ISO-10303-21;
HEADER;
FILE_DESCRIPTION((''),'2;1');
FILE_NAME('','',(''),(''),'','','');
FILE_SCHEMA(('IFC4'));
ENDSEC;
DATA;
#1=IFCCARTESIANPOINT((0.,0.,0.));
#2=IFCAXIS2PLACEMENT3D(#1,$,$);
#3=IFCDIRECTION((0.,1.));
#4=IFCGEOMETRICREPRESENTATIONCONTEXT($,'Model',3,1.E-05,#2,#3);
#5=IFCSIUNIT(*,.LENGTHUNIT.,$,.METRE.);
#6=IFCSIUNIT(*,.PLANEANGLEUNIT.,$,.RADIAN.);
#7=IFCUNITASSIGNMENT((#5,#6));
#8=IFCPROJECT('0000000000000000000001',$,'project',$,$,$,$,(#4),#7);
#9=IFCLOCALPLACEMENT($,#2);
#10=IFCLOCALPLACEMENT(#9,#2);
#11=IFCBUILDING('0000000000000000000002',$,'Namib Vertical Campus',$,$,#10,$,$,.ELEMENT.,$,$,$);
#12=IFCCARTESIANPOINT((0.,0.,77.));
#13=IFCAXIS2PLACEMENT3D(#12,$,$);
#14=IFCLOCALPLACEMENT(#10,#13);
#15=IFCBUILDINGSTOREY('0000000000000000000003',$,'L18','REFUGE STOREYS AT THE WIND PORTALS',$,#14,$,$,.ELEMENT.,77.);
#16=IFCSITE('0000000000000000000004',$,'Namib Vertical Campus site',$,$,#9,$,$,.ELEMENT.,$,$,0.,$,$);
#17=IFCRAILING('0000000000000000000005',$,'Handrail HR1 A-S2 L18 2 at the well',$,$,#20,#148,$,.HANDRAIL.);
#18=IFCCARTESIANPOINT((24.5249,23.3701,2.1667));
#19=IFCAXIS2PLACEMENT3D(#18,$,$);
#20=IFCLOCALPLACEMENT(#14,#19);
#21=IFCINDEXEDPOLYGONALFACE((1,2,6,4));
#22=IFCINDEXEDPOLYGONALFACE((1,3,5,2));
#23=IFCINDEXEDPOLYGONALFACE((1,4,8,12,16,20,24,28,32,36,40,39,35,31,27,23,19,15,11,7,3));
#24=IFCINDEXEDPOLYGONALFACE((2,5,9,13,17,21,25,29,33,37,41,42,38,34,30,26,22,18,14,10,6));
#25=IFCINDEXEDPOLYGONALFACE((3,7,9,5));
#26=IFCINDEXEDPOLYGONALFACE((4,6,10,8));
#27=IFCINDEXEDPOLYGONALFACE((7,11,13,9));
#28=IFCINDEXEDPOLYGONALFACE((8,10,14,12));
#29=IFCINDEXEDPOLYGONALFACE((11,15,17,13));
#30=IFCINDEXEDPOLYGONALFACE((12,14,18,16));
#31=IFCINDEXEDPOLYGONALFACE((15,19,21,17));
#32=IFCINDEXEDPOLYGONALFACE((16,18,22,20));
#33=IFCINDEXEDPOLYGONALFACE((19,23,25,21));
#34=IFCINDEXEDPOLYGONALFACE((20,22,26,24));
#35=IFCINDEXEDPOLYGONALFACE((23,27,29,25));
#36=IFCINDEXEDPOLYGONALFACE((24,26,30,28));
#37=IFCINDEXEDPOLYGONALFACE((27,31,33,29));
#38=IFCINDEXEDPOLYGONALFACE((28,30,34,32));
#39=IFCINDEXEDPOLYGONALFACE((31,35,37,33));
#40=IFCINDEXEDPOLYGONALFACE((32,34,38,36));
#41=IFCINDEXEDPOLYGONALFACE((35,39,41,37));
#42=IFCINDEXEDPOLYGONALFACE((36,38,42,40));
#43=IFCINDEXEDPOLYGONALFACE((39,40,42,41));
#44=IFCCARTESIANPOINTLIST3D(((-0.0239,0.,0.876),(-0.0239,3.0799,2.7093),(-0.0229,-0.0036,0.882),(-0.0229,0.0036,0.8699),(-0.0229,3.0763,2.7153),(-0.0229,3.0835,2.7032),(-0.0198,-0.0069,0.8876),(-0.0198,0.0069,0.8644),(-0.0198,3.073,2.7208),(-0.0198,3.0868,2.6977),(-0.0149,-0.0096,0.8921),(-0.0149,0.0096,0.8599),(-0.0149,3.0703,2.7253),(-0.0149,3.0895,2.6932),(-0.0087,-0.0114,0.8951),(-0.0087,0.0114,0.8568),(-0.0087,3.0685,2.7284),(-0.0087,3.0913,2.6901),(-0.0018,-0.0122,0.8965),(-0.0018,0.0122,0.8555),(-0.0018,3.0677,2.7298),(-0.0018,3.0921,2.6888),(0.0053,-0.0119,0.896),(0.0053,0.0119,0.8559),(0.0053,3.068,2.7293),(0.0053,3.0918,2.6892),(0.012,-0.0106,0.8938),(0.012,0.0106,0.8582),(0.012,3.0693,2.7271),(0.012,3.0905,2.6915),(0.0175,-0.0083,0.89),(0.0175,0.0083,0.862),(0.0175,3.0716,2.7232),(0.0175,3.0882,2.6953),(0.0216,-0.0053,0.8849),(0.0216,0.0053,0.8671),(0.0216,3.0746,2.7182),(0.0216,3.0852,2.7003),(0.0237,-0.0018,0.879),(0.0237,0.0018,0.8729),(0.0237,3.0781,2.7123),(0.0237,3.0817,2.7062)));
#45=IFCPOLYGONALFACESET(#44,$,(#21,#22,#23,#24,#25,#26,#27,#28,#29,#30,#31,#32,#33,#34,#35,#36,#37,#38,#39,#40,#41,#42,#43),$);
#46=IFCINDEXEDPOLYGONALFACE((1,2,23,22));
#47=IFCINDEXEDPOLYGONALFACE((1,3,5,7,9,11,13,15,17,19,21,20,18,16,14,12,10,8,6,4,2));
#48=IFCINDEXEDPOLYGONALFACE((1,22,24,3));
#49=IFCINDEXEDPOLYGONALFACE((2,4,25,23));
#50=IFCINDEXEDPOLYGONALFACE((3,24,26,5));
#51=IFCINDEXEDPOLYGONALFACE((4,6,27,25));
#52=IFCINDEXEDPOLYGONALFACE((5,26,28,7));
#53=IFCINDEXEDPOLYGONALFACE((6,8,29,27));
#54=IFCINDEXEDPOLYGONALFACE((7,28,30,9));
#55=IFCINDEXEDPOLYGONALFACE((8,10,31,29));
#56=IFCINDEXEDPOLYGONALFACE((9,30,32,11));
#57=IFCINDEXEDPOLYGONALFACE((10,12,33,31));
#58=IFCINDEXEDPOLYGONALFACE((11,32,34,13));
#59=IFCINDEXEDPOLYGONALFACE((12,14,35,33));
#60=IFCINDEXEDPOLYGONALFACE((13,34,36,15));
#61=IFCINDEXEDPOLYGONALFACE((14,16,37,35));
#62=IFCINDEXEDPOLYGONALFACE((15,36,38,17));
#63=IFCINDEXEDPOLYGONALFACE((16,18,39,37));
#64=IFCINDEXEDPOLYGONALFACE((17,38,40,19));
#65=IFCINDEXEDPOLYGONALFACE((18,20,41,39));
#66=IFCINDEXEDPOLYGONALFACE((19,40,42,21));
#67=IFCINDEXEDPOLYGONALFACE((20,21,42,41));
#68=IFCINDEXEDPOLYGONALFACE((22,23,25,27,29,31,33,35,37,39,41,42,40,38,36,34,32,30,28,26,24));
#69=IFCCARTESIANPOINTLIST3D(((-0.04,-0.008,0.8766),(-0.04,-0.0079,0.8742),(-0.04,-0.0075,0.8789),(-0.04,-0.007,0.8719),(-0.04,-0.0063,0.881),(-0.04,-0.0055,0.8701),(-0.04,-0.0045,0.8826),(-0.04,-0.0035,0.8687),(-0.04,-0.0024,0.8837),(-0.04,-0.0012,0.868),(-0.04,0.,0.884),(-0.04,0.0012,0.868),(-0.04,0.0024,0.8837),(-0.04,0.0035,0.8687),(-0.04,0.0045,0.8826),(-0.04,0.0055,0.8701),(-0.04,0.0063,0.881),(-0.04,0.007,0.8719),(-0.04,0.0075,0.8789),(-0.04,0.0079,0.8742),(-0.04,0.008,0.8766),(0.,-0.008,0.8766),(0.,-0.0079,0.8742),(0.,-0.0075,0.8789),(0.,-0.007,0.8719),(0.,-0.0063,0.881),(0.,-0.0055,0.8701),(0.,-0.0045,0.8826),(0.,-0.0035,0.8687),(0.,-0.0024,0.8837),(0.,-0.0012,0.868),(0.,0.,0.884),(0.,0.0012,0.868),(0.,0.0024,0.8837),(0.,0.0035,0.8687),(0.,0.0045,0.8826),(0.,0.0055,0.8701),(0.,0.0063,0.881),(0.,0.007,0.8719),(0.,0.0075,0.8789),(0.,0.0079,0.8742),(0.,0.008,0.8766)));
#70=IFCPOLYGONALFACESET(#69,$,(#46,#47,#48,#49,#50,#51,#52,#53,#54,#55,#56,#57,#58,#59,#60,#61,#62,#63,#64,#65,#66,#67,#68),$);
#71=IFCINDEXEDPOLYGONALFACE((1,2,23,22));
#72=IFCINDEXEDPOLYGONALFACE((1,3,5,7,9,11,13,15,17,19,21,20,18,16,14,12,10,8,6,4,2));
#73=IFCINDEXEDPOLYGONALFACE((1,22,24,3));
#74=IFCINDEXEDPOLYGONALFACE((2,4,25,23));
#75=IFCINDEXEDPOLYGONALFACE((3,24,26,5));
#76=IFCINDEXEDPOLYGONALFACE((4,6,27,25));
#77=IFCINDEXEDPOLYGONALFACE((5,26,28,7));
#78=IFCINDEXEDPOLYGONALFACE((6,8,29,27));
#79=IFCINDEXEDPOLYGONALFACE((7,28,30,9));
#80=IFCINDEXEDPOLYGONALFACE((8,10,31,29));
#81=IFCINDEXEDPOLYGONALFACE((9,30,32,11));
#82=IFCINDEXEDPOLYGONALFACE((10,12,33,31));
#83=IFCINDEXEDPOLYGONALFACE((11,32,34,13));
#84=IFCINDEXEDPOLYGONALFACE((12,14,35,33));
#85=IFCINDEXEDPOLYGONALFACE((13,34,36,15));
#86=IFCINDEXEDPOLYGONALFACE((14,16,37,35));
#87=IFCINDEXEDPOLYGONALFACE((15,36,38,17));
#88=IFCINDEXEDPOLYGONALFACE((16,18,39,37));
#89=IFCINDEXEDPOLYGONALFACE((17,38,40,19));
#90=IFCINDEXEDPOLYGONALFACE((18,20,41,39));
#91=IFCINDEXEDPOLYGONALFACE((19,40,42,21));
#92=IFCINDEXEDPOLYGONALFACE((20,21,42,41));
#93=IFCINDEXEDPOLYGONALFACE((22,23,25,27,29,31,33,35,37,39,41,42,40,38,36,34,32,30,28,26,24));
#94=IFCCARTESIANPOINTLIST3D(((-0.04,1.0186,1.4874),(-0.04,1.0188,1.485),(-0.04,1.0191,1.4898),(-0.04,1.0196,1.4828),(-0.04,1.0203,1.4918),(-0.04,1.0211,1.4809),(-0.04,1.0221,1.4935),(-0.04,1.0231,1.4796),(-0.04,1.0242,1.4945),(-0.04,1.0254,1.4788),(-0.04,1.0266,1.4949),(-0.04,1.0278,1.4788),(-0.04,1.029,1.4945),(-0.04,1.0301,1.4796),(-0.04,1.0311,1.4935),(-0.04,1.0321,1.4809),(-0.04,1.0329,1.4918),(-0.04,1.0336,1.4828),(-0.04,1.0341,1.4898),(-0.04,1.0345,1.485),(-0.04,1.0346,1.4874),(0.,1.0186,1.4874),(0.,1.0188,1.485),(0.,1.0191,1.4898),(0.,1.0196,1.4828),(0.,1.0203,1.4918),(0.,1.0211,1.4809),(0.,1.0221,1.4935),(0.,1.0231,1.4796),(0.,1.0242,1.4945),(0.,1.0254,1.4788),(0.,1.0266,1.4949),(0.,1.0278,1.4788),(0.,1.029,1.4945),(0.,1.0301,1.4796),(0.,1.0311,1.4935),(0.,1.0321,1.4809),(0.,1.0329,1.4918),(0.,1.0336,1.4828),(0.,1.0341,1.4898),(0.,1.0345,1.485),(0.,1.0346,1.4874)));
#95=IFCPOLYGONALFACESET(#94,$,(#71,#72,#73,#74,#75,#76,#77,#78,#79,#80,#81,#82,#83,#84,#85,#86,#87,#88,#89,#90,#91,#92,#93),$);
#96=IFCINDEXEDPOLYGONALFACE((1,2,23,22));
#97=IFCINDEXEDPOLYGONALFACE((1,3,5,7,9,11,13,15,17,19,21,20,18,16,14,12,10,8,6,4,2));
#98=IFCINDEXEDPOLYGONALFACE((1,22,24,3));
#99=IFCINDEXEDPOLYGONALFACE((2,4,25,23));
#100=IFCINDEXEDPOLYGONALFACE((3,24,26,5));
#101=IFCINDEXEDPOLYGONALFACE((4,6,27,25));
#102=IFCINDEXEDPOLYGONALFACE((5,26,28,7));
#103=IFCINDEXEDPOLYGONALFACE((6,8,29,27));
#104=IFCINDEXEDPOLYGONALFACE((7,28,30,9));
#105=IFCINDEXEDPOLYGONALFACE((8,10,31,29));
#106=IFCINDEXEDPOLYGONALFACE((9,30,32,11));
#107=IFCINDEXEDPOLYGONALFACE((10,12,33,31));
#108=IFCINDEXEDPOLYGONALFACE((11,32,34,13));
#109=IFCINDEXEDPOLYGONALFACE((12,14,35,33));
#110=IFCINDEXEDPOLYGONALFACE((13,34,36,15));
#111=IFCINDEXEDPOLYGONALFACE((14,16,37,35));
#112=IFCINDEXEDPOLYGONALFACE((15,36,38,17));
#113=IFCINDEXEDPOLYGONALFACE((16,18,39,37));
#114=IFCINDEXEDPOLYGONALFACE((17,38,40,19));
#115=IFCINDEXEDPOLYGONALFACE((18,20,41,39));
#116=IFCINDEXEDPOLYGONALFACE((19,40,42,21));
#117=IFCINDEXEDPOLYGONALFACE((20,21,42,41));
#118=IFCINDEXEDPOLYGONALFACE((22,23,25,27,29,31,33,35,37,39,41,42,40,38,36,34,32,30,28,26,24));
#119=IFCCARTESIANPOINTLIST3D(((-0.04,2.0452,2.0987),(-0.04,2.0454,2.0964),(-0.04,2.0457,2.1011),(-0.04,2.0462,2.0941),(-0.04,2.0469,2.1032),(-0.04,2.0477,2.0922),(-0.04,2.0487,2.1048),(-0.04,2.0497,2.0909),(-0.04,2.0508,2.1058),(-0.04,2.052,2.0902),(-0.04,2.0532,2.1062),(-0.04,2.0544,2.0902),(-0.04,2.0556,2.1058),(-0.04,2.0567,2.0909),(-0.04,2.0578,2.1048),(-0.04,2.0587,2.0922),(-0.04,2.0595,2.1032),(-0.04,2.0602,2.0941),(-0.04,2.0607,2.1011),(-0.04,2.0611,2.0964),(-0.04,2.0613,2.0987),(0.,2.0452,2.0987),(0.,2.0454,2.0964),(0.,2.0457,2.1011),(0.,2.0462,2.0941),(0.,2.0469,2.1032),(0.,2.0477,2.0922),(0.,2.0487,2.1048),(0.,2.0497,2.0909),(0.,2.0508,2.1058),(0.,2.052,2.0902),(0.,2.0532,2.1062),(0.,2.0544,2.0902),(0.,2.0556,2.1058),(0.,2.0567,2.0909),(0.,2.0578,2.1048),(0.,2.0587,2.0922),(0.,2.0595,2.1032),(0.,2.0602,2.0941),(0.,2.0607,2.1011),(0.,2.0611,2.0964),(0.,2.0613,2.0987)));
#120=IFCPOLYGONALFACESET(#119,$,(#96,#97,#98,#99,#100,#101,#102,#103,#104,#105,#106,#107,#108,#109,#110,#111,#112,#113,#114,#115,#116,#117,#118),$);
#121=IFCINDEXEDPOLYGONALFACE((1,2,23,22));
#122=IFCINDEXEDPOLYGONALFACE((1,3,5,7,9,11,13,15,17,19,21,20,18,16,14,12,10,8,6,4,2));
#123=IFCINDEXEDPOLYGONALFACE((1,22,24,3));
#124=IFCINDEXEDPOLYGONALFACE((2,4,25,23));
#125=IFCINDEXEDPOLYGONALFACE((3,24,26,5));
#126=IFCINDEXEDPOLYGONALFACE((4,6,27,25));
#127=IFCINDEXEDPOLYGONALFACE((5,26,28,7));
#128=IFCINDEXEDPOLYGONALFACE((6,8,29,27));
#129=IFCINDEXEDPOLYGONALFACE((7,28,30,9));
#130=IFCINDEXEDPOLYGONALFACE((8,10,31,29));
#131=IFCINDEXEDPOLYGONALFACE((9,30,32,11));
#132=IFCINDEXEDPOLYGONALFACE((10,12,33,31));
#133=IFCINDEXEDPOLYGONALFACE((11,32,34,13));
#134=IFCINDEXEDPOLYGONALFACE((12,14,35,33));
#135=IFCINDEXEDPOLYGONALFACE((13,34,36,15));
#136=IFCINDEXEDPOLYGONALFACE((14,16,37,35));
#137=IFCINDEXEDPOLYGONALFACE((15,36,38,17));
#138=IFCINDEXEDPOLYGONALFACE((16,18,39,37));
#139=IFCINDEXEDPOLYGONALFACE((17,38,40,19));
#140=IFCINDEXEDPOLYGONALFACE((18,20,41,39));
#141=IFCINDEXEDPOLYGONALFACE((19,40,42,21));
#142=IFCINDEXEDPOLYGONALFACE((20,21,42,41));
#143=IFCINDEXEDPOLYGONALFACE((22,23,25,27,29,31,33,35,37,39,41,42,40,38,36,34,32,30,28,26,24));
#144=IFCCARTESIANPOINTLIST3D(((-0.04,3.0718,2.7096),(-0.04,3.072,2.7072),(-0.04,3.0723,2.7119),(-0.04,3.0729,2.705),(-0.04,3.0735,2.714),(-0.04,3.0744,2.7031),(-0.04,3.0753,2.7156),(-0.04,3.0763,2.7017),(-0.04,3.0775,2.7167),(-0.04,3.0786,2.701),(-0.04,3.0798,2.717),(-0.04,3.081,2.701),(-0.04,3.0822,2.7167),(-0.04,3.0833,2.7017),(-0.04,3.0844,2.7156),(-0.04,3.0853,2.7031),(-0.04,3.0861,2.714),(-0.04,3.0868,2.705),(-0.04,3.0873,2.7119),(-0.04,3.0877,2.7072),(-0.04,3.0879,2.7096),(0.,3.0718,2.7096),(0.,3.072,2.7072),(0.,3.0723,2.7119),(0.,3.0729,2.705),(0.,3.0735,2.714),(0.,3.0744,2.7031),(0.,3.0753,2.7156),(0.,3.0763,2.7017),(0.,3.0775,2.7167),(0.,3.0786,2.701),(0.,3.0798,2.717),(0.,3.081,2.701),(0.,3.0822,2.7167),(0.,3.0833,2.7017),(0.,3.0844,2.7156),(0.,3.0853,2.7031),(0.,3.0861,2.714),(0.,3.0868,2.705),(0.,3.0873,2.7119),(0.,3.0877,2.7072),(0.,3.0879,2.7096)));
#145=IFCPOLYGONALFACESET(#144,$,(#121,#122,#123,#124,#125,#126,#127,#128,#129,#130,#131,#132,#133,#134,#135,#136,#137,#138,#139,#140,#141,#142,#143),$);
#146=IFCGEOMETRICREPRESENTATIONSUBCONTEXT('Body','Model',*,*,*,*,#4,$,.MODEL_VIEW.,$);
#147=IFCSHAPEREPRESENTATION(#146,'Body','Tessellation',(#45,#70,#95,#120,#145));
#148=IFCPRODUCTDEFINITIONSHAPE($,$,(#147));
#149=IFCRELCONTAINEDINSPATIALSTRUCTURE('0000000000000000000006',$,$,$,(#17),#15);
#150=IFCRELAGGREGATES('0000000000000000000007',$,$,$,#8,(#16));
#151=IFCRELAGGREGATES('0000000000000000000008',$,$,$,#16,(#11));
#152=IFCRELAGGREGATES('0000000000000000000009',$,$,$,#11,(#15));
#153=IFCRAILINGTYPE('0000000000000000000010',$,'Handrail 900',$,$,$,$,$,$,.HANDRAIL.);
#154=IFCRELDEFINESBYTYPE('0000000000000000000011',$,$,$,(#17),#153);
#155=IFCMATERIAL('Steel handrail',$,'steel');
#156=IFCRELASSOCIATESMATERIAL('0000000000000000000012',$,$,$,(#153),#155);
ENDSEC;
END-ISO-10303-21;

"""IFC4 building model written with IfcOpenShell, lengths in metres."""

from ifc_helpers import new_model, si_unit, direction, frame, origin, origin_2d, place, context, subcontext, project, spatial, circle, extrude, material, type_object, element, save


model = new_model("IFC4")

# Units and contexts
model_context = context("Model", 3, precision=1e-05, world=origin(), true_north=direction((0.0, 1.0)))
body_context = subcontext(model_context, "Body", "Model", "MODEL_VIEW")
ifc_project = project(units=[si_unit("LENGTHUNIT", "METRE"), si_unit("PLANEANGLEUNIT", "RADIAN")], contexts=[model_context])

# Site, building, storey
site_placement = place(None, origin())
site = spatial("IfcSite", under=ifc_project, at=site_placement, Name="Namib Vertical Campus site", CompositionType="ELEMENT", RefElevation=0.0)
building_placement = place(site_placement, origin())
building = spatial("IfcBuilding", under=site, at=building_placement, Name="Namib Vertical Campus", CompositionType="ELEMENT")
storey_placement = place(building_placement, frame((0.0, 0.0, 77.0)))
storey = spatial("IfcBuildingStorey", under=building, at=storey_placement, Name="L18", Description="REFUGE STOREYS AT THE WIND PORTALS", CompositionType="ELEMENT", Elevation=77.0)

# Railing
ifc_material_1 = material(Name="Steel handrail", Category="steel")
railing_type_1 = type_object("IfcRailingType", Name="Handrail 900", PredefinedType="HANDRAIL", material=ifc_material_1)
railing_1_placement = place(storey_placement, frame((24.5249, 23.3701, 2.1667)))
element("IfcRailing", 1, at=railing_1_placement, inside=storey, type_object=railing_type_1, Name="Handrail HR1 A-S2 L18 2 at the well", PredefinedType="HANDRAIL", context=body_context, shape_type="SweptSolid", body=[
    extrude(circle(Radius=0.0239, at=origin_2d()), frame((0.0, 0.0, 0.876), z_axis=(0.0, 0.859291, 0.511487), x_axis=(-1.0, 0.0, 0.0)), (0.0, 0.0, 1.0), 3.5842),
    extrude(circle(Radius=0.0081, at=origin_2d()), frame((0.0, 0.0, 0.876), z_axis=(-1.0, 0.0, 0.0), x_axis=(0.0, 0.0, 1.0)), (0.0, 0.0, 1.0), 0.04),
    extrude(circle(Radius=0.0081, at=origin_2d()), frame((0.0, 1.0266, 1.4868), z_axis=(-1.0, 0.0, 0.0), x_axis=(0.0, 0.0, 1.0)), (0.0, 0.0, 1.0), 0.04),
    extrude(circle(Radius=0.0081, at=origin_2d()), frame((0.0, 2.0532, 2.0981), z_axis=(-1.0, 0.0, 0.0), x_axis=(0.0, 0.0, 1.0)), (0.0, 0.0, 1.0), 0.04),
    extrude(circle(Radius=0.0081, at=origin_2d()), frame((0.0, 3.0798, 2.709), z_axis=(-1.0, 0.0, 0.0), x_axis=(0.0, 0.0, 1.0)), (0.0, 0.0, 1.0), 0.04),
])

save(model, "model.ifc")
